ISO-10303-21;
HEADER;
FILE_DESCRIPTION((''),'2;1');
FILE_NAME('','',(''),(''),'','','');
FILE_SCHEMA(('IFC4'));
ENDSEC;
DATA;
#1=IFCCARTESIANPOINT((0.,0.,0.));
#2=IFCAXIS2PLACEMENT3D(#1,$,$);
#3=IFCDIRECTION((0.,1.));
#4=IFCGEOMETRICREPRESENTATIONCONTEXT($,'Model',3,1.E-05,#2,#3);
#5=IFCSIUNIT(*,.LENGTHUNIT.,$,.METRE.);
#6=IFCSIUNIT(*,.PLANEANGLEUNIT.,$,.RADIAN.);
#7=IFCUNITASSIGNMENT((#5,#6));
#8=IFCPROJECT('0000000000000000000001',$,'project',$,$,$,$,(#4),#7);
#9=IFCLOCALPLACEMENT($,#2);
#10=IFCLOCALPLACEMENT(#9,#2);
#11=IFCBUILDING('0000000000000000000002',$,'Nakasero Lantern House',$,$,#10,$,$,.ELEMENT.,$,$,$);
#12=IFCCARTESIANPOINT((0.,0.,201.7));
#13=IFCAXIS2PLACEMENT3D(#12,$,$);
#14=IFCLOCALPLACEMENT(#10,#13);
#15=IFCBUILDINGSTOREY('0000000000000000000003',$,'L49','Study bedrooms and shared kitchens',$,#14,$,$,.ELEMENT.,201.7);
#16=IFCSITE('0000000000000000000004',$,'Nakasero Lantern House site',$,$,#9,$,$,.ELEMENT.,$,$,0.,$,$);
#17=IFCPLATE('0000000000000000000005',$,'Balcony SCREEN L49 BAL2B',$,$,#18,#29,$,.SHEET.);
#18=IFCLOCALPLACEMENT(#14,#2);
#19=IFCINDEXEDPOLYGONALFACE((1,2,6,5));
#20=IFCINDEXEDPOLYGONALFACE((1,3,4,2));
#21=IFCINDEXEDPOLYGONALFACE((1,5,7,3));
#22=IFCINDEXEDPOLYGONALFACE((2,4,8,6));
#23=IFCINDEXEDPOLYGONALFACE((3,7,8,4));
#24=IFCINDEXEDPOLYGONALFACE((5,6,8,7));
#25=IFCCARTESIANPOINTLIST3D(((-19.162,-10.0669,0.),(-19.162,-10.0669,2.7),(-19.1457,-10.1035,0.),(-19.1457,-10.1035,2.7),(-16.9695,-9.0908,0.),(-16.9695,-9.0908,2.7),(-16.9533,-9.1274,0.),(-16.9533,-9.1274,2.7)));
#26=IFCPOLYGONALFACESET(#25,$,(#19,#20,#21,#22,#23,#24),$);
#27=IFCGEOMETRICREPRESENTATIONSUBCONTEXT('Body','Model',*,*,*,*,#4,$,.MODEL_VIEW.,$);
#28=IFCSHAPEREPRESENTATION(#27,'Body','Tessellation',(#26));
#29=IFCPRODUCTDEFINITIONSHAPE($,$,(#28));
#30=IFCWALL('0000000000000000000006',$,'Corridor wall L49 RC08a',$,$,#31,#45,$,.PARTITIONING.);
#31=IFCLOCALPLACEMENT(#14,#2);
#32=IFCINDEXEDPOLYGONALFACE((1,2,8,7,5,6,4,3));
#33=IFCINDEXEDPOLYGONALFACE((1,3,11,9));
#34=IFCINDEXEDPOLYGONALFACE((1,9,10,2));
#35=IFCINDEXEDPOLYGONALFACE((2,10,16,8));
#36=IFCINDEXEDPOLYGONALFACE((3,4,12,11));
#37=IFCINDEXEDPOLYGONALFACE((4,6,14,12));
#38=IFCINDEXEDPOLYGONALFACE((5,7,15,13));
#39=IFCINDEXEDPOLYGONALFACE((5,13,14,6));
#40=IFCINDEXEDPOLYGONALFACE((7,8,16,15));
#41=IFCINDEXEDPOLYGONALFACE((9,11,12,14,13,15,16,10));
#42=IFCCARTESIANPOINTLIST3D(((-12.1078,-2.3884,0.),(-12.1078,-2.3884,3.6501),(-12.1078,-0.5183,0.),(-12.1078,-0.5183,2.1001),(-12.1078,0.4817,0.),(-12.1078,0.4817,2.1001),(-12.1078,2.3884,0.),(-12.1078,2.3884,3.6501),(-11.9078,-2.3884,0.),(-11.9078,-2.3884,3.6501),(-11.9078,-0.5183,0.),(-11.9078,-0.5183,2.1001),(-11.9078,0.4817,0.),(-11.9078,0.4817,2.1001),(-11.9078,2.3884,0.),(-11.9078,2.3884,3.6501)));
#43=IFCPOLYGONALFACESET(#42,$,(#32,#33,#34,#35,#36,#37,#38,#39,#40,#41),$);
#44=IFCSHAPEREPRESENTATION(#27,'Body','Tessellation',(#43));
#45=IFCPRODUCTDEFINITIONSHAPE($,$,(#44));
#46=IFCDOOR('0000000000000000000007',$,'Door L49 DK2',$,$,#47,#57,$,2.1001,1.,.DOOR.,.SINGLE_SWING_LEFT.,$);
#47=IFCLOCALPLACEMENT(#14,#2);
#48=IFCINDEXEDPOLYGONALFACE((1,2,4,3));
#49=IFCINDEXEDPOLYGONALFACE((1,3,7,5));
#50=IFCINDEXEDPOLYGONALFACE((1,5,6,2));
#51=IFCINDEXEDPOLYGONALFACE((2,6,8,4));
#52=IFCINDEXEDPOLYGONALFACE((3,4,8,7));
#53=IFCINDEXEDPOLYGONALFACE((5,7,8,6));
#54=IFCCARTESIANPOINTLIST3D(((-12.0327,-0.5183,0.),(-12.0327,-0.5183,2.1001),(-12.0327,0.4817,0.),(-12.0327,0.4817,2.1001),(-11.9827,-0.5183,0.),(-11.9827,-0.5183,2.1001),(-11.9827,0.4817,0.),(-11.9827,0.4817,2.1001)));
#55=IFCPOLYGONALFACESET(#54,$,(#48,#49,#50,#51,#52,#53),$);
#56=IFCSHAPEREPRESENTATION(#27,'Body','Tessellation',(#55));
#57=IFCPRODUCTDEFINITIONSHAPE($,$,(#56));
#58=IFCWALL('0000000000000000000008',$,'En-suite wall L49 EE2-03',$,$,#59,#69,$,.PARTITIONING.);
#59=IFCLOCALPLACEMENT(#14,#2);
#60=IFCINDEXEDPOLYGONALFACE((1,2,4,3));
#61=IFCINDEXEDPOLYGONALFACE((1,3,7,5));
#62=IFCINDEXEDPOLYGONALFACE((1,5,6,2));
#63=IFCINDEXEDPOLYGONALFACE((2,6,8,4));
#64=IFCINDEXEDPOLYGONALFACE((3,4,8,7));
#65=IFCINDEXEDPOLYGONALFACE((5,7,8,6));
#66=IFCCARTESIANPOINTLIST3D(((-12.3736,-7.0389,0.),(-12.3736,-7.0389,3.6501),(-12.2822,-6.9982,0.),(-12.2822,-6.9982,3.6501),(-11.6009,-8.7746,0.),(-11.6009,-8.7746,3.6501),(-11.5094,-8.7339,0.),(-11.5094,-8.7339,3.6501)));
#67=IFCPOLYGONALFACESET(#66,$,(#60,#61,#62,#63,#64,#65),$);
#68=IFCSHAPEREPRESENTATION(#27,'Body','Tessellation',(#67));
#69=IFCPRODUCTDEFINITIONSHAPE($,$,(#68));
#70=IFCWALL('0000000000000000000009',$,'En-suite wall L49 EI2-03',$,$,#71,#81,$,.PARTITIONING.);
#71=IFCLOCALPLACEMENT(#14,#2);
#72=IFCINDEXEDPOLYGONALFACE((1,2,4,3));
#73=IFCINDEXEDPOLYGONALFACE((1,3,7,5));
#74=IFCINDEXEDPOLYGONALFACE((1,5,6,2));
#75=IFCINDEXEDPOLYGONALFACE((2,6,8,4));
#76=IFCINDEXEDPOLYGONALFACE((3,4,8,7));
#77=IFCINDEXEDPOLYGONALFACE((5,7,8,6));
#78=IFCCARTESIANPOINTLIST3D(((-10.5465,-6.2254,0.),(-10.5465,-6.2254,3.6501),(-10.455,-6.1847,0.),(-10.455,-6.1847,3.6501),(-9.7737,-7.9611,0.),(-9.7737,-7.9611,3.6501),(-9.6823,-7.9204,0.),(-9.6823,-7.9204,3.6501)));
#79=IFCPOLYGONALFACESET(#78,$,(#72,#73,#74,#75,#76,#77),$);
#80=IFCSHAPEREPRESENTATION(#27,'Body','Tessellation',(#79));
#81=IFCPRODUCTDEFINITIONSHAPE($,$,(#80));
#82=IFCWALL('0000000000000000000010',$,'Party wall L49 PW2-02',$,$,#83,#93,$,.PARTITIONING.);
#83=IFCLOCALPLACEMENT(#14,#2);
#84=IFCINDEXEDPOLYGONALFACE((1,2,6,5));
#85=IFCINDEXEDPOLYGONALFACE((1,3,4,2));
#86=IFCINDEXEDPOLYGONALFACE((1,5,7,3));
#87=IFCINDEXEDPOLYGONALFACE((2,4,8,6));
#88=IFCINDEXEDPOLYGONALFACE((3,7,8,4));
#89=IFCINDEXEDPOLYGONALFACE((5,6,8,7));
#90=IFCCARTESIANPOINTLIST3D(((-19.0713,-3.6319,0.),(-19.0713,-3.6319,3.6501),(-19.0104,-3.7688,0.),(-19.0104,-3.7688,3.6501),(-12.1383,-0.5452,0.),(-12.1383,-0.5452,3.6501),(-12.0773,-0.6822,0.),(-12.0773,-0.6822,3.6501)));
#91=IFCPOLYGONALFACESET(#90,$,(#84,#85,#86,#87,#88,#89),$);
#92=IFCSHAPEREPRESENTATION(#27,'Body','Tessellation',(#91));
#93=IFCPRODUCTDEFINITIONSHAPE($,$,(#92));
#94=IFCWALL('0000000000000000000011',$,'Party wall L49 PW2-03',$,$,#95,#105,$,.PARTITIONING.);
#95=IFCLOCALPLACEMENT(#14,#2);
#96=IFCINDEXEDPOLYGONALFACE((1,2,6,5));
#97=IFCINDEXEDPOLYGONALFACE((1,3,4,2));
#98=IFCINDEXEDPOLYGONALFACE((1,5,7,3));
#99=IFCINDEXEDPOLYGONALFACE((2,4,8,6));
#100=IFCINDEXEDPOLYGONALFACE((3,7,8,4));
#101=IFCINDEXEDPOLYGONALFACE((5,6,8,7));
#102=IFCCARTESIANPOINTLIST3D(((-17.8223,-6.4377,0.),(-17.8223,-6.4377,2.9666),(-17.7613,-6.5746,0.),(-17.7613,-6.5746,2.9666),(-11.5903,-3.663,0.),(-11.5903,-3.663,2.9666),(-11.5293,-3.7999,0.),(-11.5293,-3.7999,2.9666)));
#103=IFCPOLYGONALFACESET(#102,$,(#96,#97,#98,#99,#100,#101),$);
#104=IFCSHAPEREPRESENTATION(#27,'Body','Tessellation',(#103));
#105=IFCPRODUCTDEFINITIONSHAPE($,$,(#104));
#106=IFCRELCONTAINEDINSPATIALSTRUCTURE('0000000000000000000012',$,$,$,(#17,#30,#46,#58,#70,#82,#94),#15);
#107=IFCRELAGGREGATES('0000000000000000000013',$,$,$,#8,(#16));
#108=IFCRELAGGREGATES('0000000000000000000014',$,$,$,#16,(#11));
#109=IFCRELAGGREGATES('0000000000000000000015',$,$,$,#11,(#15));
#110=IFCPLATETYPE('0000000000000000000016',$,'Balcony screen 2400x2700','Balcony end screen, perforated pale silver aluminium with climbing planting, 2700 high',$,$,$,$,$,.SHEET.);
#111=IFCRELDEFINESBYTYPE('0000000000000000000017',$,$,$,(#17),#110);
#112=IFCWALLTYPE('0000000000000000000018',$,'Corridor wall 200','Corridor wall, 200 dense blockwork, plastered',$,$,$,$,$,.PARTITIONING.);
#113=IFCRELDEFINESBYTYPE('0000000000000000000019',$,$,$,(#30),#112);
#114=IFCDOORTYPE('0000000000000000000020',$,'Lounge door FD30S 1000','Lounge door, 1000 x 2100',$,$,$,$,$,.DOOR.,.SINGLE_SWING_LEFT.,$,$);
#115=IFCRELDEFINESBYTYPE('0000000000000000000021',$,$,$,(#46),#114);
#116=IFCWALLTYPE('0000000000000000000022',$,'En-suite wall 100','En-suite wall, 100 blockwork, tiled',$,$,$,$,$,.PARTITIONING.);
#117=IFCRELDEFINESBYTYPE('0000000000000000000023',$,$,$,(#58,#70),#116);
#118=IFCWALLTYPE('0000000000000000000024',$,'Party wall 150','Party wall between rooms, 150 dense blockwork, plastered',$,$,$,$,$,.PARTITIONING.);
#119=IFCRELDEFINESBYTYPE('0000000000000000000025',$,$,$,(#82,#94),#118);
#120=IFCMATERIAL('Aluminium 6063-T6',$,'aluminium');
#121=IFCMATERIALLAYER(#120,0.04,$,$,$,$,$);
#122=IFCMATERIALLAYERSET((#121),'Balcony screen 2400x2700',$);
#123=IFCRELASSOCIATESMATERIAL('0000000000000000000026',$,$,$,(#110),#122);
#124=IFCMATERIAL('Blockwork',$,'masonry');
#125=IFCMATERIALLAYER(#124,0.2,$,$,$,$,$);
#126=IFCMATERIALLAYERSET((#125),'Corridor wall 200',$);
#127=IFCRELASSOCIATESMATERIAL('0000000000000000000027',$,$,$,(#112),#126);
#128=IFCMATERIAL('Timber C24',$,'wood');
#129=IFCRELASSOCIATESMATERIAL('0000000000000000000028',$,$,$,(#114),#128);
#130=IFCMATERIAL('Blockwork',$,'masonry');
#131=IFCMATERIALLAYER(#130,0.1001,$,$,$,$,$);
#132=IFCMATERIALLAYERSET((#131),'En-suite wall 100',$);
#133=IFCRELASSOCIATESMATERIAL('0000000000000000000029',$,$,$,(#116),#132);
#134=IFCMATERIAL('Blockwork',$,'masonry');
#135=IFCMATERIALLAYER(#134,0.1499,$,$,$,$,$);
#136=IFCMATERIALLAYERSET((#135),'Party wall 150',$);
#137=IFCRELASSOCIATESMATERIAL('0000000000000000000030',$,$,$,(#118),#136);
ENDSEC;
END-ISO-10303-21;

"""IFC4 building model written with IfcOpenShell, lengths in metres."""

from ifc_helpers import new_model, si_unit, direction, frame, frame_2d, origin, origin_2d, place, context, subcontext, project, spatial, rectangle, extrude, material, layer, layer_set, type_object, element, fill, save


model = new_model("IFC4")

# Units and contexts
model_context = context("Model", 3, precision=1e-05, world=origin(), true_north=direction((0.0, 1.0)))
body_context = subcontext(model_context, "Body", "Model", "MODEL_VIEW")
ifc_project = project(units=[si_unit("LENGTHUNIT", "METRE"), si_unit("PLANEANGLEUNIT", "RADIAN")], contexts=[model_context])

# Site, building, storey
site_placement = place(None, origin())
site = spatial("IfcSite", under=ifc_project, at=site_placement, Name="Nakasero Lantern House site", CompositionType="ELEMENT", RefElevation=0.0)
building_placement = place(site_placement, origin())
building = spatial("IfcBuilding", under=site, at=building_placement, Name="Nakasero Lantern House", CompositionType="ELEMENT")
storey_placement = place(building_placement, frame((0.0, 0.0, 201.7)))
storey = spatial("IfcBuildingStorey", under=building, at=storey_placement, Name="L49", Description="Study bedrooms and shared kitchens", CompositionType="ELEMENT", Elevation=201.7)

# Plate
ifc_material_1 = material(Name="Aluminium 6063-T6", Category="aluminium")
ifc_layer_1 = layer(ifc_material_1, 0.04)
ifc_layer_set_1 = layer_set([ifc_layer_1], Name="Balcony screen 2400x2700")
plate_type_1 = type_object("IfcPlateType", Name="Balcony screen 2400x2700", Description="Balcony end screen, perforated pale silver aluminium with climbing planting, 2700 high", PredefinedType="SHEET", material=ifc_layer_set_1)
for number, where, z_axis, x_axis, name in (
    (1, (-18.0576, -9.5972, 0.0), (0.0, 0.0, 1.0), (-0.913545, -0.406737, 0.0), "Balcony SCREEN L49 BAL2B"),
):
    element("IfcPlate", number, at=place(storey_placement, frame(where, z_axis=z_axis, x_axis=x_axis)), inside=storey, type_object=plate_type_1, Name=name, PredefinedType="SHEET", context=body_context, shape_type="SweptSolid", body=[
        extrude(rectangle(XDim=2.3999, YDim=0.04, at=origin_2d()), origin(), (0.0, 0.0, 1.0), 2.7),
    ])

# Wall, opening, door
ifc_material_2 = material(Name="Blockwork", Category="masonry")
ifc_layer_2 = layer(ifc_material_2, 0.2)
ifc_layer_set_2 = layer_set([ifc_layer_2], Name="Corridor wall 200")
wall_type_1 = type_object("IfcWallType", Name="Corridor wall 200", Description="Corridor wall, 200 dense blockwork, plastered", PredefinedType="PARTITIONING", material=ifc_layer_set_2)
wall_1_placement = place(storey_placement, frame((-12.0078, -2.3884, 0.0), z_axis=(0.0, 0.0, 1.0), x_axis=(0.0, 1.0, 0.0)))
wall_1 = element("IfcWall", 2, at=wall_1_placement, inside=storey, type_object=wall_type_1, Name="Corridor wall L49 RC08a", PredefinedType="PARTITIONING", context=body_context, shape_type="SweptSolid", body=[
    extrude(rectangle(XDim=4.7769, YDim=0.2, at=frame_2d((2.3884, 0.0))), origin(), (0.0, 0.0, 1.0), 3.6501),
])
opening_placement = place(wall_1_placement, frame((1.8701, 0.0, 0.0)))
opening = element("IfcOpeningElement", 3, at=opening_placement, cuts=wall_1, PredefinedType="OPENING", context=body_context, shape_type="SweptSolid", body=[
    extrude(rectangle(XDim=1.0, YDim=2.1001, at=frame_2d((0.5, 1.05))), frame((0.0, 0.1199, 0.0), z_axis=(0.0, -1.0, 0.0), x_axis=(1.0, 0.0, 0.0)), (0.0, 0.0, 1.0), 0.24),
])
ifc_material_3 = material(Name="Timber C24", Category="wood")
door_type = type_object("IfcDoorType", Name="Lounge door FD30S 1000", Description="Lounge door, 1000 x 2100", OperationType="SINGLE_SWING_LEFT", PredefinedType="DOOR", material=ifc_material_3)
door_placement = place(opening_placement, origin())
door = element("IfcDoor", 4, at=door_placement, inside=storey, type_object=door_type, Name="Door L49 DK2", OperationType="SINGLE_SWING_LEFT", OverallHeight=2.1001, OverallWidth=1.0, PredefinedType="DOOR", context=body_context, shape_type="SweptSolid", body=[
    extrude(rectangle(XDim=1.0, YDim=2.1001, at=frame_2d((0.5, 1.05))), frame((0.0, 0.0249, 0.0), z_axis=(0.0, -1.0, 0.0), x_axis=(1.0, 0.0, 0.0)), (0.0, 0.0, 1.0), 0.05),
])
fill(opening, door)

# Walls
ifc_material_4 = material(Name="Blockwork", Category="masonry")
ifc_layer_3 = layer(ifc_material_4, 0.1001)
ifc_layer_set_3 = layer_set([ifc_layer_3], Name="En-suite wall 100")
wall_type_2 = type_object("IfcWallType", Name="En-suite wall 100", Description="En-suite wall, 100 blockwork, tiled", PredefinedType="PARTITIONING", material=ifc_layer_set_3)
for number, where, z_axis, x_axis, name in (
    (5, (-12.3279, -7.0186, 0.0), (0.0, 0.0, 1.0), (0.406723, -0.913552, 0.0), "En-suite wall L49 EE2-03"),
    (6, (-10.5007, -6.2051, 0.0), (0.0, 0.0, 1.0), (0.406723, -0.913552, 0.0), "En-suite wall L49 EI2-03"),
):
    element("IfcWall", number, at=place(storey_placement, frame(where, z_axis=z_axis, x_axis=x_axis)), inside=storey, type_object=wall_type_2, Name=name, PredefinedType="PARTITIONING", context=body_context, shape_type="SweptSolid", body=[
        extrude(rectangle(XDim=1.8999, YDim=0.1001, at=frame_2d((0.95, 0.0))), origin(), (0.0, 0.0, 1.0), 3.6501),
    ])
ifc_material_5 = material(Name="Blockwork", Category="masonry")
ifc_layer_4 = layer(ifc_material_5, 0.1499)
ifc_layer_set_4 = layer_set([ifc_layer_4], Name="Party wall 150")
wall_type_3 = type_object("IfcWallType", Name="Party wall 150", Description="Party wall between rooms, 150 dense blockwork, plastered", PredefinedType="PARTITIONING", material=ifc_layer_set_4)
wall_2_placement = place(storey_placement, frame((-12.1079, -0.6138, 0.0), z_axis=(0.0, 0.0, 1.0), x_axis=(-0.913553, -0.40672, 0.0)))
element("IfcWall", 7, at=wall_2_placement, inside=storey, type_object=wall_type_3, Name="Party wall L49 PW2-02", PredefinedType="PARTITIONING", context=body_context, shape_type="SweptSolid", body=[
    extrude(rectangle(XDim=7.5891, YDim=0.1499, at=frame_2d((3.7944, 0.0))), origin(), (0.0, 0.0, 1.0), 3.6501),
])
wall_3_placement = place(storey_placement, frame((-11.5598, -3.7314, 0.0), z_axis=(0.0, 0.0, 1.0), x_axis=(-0.913544, -0.406739, 0.0)))
element("IfcWall", 8, at=wall_3_placement, inside=storey, type_object=wall_type_3, Name="Party wall L49 PW2-03", PredefinedType="PARTITIONING", context=body_context, shape_type="SweptSolid", body=[
    extrude(rectangle(XDim=6.8218, YDim=0.1499, at=frame_2d((3.4109, 0.0))), origin(), (0.0, 0.0, 1.0), 2.9666),
])

save(model, "model.ifc")
